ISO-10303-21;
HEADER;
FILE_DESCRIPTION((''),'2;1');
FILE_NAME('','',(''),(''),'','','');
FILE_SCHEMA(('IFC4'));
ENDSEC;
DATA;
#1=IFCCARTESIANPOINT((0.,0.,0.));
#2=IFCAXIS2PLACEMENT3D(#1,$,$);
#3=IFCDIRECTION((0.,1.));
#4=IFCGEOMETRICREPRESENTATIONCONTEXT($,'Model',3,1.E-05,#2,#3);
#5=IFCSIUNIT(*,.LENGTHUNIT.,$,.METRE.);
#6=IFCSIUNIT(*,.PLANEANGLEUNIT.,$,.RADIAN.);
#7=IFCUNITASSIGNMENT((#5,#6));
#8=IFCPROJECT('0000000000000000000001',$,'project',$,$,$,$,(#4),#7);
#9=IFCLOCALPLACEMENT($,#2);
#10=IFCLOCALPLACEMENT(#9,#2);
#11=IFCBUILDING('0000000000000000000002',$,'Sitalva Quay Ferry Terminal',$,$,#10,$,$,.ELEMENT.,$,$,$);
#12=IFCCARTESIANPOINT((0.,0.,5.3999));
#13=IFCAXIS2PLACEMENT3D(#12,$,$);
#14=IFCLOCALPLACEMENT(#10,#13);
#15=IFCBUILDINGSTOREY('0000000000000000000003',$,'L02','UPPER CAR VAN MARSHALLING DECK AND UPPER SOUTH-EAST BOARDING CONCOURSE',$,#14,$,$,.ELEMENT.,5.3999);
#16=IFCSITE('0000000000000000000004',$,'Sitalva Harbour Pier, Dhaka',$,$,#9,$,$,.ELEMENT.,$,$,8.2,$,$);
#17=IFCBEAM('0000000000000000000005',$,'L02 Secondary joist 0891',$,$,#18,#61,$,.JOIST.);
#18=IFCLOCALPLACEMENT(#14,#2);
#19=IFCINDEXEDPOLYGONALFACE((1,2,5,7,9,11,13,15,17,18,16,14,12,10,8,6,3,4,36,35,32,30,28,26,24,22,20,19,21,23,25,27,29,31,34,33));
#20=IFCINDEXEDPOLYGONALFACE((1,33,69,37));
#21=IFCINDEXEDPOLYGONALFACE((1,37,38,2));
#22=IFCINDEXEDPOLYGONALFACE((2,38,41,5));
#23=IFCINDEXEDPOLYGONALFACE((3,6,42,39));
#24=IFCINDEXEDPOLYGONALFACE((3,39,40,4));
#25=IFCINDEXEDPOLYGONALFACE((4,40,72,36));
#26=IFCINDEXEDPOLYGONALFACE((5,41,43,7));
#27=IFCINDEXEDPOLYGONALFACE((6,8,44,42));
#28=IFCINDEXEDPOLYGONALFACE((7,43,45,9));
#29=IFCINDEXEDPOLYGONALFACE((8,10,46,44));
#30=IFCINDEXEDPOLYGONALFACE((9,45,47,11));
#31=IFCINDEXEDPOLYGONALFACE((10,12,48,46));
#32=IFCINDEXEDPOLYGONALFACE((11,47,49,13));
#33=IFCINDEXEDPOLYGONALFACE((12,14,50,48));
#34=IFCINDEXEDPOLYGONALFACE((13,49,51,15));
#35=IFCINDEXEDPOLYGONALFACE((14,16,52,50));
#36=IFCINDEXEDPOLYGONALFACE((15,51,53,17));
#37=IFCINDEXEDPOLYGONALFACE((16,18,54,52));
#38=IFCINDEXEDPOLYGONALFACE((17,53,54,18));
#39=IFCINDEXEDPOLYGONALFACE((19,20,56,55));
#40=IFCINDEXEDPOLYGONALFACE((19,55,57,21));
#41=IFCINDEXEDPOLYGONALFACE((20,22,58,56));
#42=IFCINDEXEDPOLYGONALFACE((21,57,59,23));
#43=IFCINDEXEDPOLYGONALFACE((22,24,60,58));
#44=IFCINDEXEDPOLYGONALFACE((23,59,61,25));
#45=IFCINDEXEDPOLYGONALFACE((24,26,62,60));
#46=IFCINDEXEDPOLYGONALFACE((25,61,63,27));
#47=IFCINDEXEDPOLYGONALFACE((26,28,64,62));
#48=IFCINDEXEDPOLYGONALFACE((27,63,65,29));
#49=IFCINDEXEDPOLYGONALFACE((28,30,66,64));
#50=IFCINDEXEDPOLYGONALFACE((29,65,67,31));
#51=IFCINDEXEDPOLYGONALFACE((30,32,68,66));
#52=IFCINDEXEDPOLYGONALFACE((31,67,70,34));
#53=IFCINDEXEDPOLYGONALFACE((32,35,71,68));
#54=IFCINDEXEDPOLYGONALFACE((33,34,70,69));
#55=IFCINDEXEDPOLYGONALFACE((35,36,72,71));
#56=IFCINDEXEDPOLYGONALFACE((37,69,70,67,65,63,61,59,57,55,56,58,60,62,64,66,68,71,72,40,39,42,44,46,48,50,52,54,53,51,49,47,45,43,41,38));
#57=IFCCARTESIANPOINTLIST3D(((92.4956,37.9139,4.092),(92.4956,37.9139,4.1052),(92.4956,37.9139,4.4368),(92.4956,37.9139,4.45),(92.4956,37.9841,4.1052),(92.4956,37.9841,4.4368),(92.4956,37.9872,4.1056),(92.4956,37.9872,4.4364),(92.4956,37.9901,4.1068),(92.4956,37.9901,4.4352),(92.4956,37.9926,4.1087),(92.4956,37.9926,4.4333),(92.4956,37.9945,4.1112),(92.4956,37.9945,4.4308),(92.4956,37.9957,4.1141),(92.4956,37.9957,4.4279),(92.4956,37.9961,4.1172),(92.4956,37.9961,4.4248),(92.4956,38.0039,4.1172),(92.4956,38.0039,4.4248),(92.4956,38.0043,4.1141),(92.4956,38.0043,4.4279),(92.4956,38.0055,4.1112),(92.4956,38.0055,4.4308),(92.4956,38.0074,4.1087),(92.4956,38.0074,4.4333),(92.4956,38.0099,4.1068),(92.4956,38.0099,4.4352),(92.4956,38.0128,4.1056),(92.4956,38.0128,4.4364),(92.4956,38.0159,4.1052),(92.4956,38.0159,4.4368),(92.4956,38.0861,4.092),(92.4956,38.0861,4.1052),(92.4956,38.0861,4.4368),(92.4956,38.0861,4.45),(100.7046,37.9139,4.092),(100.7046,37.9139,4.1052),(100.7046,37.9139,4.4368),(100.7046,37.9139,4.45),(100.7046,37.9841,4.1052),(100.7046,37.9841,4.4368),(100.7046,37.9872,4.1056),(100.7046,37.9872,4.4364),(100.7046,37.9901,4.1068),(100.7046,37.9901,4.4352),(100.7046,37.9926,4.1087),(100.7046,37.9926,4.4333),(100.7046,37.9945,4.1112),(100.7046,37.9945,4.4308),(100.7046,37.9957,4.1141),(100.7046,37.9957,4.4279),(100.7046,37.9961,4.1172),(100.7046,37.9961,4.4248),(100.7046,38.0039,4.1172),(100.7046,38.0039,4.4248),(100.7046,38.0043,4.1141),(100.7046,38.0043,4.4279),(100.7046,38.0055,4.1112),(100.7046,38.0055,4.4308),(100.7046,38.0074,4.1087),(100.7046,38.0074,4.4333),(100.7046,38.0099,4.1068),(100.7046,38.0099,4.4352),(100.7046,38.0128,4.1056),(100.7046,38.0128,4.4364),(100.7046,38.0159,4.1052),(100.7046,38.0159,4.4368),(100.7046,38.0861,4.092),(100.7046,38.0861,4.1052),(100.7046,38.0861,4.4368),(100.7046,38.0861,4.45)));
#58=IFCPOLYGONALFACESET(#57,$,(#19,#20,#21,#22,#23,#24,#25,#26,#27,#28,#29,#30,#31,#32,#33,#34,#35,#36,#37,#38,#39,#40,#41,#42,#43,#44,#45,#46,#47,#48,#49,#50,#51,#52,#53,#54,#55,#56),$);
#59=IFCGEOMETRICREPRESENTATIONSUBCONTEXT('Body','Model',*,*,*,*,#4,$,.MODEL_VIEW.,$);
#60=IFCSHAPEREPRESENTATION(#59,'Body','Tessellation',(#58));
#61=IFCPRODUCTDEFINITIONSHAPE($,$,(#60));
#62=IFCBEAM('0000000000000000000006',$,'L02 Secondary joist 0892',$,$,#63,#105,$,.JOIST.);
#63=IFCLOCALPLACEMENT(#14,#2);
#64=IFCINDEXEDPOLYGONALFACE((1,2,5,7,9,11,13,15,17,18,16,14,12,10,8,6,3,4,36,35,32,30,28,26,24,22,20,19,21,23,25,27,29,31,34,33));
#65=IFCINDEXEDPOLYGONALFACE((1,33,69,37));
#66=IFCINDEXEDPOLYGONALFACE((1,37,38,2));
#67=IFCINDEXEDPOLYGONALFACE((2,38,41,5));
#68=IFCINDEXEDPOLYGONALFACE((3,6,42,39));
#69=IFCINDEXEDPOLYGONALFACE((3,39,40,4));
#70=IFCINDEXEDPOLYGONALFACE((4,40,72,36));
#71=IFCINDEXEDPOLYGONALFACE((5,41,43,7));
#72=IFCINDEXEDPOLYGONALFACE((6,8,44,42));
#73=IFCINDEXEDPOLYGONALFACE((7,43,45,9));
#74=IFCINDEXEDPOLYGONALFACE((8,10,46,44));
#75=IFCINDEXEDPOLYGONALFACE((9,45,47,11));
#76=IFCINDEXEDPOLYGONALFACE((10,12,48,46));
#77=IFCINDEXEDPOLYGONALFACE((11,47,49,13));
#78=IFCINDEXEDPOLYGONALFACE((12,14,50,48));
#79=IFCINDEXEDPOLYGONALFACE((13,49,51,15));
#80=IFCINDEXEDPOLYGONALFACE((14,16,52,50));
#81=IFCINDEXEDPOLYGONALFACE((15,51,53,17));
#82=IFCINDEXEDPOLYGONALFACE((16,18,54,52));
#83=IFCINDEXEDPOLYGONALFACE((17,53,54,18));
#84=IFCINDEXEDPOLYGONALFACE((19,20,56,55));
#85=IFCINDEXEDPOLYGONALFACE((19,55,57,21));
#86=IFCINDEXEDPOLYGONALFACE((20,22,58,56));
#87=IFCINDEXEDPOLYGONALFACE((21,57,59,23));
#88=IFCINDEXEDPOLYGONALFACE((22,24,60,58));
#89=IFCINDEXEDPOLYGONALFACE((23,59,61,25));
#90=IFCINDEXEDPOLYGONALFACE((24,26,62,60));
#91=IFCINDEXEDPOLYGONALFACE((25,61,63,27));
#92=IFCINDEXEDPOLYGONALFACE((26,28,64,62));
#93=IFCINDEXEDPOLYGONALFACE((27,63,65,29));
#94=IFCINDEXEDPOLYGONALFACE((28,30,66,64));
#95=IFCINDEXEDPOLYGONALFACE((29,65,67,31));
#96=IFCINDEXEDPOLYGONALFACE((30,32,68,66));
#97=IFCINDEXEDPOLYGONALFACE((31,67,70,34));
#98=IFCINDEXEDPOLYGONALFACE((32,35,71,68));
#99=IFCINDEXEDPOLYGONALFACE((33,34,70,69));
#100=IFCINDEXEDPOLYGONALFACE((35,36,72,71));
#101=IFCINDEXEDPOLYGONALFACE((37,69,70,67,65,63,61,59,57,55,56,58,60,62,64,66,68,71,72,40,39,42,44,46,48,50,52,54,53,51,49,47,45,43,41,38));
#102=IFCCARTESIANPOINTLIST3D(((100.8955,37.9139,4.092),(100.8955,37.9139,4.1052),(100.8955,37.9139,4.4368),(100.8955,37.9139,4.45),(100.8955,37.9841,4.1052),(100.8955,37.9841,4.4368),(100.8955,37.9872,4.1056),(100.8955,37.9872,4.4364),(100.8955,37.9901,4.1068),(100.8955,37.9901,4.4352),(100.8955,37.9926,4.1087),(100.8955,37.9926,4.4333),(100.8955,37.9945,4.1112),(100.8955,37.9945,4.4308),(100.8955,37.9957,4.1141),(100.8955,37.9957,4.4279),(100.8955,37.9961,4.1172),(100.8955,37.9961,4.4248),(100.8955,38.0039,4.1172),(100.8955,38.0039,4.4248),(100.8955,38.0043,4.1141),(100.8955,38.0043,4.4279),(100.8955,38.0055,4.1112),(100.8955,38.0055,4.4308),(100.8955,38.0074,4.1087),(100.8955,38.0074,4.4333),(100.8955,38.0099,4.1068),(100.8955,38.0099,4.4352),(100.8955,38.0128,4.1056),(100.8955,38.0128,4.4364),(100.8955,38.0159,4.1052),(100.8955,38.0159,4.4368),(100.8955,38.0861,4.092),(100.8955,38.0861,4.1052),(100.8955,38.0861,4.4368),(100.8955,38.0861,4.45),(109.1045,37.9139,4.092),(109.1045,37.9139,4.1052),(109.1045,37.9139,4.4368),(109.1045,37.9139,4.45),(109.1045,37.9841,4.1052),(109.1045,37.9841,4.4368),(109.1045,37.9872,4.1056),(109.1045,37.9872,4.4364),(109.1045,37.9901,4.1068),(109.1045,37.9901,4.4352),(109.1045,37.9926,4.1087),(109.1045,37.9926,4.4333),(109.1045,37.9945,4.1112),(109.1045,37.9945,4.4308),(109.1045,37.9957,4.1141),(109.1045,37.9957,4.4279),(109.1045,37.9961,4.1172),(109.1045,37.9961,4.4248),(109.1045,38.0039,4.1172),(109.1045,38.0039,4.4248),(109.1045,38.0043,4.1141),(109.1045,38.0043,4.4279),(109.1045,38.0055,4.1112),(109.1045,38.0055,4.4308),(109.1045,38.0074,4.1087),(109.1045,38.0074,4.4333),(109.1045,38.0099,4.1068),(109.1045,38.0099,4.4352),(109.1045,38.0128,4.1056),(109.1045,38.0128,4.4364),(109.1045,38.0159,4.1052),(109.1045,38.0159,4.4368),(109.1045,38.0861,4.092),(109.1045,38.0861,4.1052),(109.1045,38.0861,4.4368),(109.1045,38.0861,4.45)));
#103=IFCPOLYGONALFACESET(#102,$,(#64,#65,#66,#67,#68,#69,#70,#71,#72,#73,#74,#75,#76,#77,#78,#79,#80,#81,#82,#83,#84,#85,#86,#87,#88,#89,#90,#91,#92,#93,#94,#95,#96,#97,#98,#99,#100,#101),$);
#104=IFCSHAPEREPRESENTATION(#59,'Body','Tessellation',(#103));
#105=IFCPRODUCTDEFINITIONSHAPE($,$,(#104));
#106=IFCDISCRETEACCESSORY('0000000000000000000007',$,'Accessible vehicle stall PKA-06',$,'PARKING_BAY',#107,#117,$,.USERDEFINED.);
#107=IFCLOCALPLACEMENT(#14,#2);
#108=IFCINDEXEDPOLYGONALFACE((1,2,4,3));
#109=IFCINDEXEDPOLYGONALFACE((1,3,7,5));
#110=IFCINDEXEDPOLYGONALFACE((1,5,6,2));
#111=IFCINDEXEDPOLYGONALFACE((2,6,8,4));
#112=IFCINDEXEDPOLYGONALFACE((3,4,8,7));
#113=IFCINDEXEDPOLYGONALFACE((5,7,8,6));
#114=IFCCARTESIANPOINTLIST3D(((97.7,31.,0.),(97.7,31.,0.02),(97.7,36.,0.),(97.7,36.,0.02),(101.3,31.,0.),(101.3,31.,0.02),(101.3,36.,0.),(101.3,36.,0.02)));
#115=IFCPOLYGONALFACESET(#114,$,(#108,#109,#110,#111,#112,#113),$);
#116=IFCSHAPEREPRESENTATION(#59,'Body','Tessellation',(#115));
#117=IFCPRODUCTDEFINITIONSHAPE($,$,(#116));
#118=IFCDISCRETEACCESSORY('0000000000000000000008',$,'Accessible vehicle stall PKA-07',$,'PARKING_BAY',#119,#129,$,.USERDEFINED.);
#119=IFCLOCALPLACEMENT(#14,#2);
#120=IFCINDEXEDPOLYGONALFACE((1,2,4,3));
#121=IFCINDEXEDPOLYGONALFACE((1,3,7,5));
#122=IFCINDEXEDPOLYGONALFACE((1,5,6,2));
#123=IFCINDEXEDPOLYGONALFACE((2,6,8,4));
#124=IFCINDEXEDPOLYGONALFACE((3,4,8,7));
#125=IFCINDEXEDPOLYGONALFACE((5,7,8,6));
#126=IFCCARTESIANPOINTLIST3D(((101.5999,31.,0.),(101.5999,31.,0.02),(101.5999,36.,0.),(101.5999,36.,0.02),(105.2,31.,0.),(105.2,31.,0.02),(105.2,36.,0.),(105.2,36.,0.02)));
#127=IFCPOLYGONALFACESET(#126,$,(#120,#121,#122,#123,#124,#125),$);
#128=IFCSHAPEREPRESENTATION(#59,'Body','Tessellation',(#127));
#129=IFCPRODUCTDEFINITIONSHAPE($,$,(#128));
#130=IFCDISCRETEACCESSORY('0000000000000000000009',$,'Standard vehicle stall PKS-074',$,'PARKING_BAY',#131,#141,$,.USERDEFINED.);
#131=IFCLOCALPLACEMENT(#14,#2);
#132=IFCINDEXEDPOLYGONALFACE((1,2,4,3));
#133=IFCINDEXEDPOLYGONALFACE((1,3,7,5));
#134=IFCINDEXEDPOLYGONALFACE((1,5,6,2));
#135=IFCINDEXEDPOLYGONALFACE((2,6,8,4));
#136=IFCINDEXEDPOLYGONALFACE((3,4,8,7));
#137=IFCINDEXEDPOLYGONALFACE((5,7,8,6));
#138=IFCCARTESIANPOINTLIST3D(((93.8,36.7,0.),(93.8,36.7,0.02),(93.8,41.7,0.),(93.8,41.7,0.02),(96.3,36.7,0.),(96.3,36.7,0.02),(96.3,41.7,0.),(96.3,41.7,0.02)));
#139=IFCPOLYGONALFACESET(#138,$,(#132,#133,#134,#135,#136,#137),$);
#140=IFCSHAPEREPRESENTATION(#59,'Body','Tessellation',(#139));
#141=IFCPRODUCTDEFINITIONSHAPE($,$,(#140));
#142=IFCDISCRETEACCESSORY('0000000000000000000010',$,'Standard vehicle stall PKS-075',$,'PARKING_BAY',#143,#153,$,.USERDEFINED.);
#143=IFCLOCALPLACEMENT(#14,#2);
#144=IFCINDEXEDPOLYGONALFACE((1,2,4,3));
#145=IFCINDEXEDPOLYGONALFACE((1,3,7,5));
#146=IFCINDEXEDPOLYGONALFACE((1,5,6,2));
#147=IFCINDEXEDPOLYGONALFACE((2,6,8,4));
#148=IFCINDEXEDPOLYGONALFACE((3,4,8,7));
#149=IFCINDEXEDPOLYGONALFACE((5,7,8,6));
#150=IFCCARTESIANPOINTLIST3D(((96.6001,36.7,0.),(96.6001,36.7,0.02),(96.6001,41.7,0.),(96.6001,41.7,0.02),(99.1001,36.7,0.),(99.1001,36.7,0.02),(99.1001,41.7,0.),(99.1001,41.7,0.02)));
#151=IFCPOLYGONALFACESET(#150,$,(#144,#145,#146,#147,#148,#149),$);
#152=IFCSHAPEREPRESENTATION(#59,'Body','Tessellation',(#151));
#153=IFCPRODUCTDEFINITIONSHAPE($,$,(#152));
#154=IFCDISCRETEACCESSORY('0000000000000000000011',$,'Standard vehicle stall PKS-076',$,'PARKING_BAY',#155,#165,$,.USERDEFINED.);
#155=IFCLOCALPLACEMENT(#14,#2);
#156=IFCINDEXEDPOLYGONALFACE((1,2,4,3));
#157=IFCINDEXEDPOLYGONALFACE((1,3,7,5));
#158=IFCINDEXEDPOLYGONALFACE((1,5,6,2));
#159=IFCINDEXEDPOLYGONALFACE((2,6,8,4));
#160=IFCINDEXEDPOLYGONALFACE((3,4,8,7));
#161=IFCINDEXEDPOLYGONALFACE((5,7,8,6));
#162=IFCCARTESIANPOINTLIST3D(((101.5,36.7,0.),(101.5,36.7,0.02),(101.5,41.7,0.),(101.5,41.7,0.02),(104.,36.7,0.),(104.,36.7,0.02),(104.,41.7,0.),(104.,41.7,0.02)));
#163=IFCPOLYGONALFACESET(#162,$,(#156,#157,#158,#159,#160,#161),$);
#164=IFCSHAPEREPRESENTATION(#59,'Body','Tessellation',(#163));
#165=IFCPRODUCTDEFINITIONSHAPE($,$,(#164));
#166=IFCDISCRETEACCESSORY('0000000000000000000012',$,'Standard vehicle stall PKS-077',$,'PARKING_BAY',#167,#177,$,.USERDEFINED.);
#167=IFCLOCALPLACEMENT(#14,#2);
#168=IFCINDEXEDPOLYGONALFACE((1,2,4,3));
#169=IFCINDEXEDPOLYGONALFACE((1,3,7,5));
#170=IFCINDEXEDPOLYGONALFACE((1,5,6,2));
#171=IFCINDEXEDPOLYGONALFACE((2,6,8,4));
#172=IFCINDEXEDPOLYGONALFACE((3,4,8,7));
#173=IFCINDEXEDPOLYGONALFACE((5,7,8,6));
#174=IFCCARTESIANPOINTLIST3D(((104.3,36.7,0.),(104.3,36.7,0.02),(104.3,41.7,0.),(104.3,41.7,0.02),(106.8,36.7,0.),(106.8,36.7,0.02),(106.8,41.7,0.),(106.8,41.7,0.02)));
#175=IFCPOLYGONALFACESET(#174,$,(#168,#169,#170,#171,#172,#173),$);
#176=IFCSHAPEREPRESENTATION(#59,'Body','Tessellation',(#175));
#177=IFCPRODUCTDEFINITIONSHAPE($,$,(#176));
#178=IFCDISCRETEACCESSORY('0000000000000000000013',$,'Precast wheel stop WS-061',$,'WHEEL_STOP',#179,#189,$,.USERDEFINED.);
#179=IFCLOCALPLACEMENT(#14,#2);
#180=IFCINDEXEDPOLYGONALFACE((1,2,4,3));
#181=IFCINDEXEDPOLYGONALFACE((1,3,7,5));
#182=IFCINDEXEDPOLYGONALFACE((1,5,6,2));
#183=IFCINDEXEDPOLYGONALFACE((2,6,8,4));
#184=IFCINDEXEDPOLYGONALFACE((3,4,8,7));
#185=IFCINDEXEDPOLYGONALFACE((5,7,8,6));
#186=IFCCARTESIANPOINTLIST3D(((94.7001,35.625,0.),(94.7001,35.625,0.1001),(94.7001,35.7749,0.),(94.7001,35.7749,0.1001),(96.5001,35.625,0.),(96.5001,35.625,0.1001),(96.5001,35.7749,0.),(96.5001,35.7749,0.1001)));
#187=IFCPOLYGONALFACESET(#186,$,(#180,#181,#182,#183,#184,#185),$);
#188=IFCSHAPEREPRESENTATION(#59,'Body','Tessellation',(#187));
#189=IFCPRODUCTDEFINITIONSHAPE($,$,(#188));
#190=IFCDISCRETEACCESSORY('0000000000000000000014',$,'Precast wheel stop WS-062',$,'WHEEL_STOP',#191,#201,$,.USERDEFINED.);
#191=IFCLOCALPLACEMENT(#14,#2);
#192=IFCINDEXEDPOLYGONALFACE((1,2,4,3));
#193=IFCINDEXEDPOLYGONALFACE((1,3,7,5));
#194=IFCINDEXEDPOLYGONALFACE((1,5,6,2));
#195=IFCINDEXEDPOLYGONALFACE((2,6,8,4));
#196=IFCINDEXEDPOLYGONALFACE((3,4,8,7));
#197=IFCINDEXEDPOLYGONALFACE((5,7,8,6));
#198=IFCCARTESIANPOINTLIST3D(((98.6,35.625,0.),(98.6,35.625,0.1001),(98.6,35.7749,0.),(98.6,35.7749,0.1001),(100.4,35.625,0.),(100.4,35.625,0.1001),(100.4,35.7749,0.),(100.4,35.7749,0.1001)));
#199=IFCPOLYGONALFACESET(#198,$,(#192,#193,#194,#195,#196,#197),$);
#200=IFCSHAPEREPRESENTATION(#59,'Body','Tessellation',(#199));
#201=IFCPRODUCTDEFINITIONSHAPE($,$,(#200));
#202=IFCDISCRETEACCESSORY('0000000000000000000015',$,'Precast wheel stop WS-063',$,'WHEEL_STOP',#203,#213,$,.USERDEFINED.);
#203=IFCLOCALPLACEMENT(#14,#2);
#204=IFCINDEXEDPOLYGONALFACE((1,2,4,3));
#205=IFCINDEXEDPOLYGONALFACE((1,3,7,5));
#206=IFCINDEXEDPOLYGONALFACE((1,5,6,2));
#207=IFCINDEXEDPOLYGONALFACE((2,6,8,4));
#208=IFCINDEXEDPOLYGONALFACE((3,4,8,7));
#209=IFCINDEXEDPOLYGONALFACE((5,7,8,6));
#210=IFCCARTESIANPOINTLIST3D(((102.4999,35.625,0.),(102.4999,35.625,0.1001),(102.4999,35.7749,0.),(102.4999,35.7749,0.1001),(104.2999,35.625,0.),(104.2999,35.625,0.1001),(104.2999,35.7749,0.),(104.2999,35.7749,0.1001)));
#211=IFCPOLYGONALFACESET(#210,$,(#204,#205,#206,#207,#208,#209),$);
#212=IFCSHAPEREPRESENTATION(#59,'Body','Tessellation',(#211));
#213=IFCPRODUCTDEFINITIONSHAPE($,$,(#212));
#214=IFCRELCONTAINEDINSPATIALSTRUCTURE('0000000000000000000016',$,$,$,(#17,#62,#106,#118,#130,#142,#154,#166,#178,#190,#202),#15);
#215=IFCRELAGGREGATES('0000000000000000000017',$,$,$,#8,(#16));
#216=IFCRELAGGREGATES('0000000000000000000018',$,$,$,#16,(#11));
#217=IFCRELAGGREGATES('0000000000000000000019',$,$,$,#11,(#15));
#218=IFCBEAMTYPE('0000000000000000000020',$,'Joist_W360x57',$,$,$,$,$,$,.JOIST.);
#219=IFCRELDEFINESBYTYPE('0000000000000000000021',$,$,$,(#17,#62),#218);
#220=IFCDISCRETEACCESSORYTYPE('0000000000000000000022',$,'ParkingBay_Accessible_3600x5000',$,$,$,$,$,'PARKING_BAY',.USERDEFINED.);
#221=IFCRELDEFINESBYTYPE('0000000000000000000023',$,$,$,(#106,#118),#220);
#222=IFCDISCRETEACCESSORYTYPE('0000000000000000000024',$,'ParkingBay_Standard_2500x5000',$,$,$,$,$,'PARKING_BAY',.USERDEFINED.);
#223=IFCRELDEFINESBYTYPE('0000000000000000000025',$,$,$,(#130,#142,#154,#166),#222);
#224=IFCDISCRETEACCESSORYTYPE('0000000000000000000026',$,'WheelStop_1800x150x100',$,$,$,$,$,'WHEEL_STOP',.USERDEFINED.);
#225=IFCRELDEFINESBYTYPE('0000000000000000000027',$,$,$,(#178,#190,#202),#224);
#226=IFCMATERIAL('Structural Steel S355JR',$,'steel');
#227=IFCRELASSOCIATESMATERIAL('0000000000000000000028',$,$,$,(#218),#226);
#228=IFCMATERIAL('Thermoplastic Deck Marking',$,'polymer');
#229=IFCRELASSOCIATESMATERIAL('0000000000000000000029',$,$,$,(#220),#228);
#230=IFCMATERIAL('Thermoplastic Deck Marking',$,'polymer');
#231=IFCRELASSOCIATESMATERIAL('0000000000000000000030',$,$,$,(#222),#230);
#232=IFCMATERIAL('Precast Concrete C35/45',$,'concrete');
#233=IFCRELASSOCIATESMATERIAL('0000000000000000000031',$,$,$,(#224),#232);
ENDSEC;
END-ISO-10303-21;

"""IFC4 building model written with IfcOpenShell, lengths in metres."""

from ifc_helpers import new_model, si_unit, direction, frame, origin, origin_2d, place, context, subcontext, project, spatial, rectangle, i_section, extrude, material, material_profile, profile_set, type_object, element, save


model = new_model("IFC4")

# Units and contexts
model_context = context("Model", 3, precision=1e-05, world=origin(), true_north=direction((0.0, 1.0)))
body_context = subcontext(model_context, "Body", "Model", "MODEL_VIEW")
ifc_project = project(units=[si_unit("LENGTHUNIT", "METRE"), si_unit("PLANEANGLEUNIT", "RADIAN")], contexts=[model_context])

# Site, building, storey
site_placement = place(None, origin())
site = spatial("IfcSite", under=ifc_project, at=site_placement, Name="Sitalva Harbour Pier, Dhaka", CompositionType="ELEMENT", RefElevation=8.2)
building_placement = place(site_placement, origin())
building = spatial("IfcBuilding", under=site, at=building_placement, Name="Sitalva Quay Ferry Terminal", CompositionType="ELEMENT")
storey_placement = place(building_placement, frame((0.0, 0.0, 5.3999)))
storey = spatial("IfcBuildingStorey", under=building, at=storey_placement, Name="L02", Description="UPPER CAR VAN MARSHALLING DECK AND UPPER SOUTH-EAST BOARDING CONCOURSE", CompositionType="ELEMENT", Elevation=5.3999)

# Beams
ifc_material_1 = material(Name="Structural Steel S355JR", Category="steel")
ifc_material_profile_1 = material_profile(ifc_material_1, i_section(OverallWidth=0.1721, OverallDepth=0.3579, WebThickness=0.0078, FlangeThickness=0.0132, FilletRadius=0.012, at=origin_2d()), Name="W360x57")
ifc_profile_set_1 = profile_set([ifc_material_profile_1], Name="Structural Steel S355JR")
beam_type_1 = type_object("IfcBeamType", Name="Joist_W360x57", PredefinedType="JOIST", material=ifc_profile_set_1)
for number, where, z_axis, x_axis, name in (
    (1, (92.4956, 38.0, 4.271), (1.0, 0.0, 0.0), (0.0, 1.0, 0.0), "L02 Secondary joist 0891"),
    (2, (100.8955, 38.0, 4.271), (1.0, 0.0, 0.0), (0.0, 1.0, 0.0), "L02 Secondary joist 0892"),
):
    element("IfcBeam", number, at=place(storey_placement, frame(where, z_axis=z_axis, x_axis=x_axis)), inside=storey, type_object=beam_type_1, Name=name, PredefinedType="JOIST", context=body_context, shape_type="SweptSolid", body=[
        extrude(i_section(OverallWidth=0.1721, OverallDepth=0.3579, WebThickness=0.0078, FlangeThickness=0.0132, FilletRadius=0.012, at=origin_2d()), origin(), (0.0, 0.0, 1.0), 8.209),
    ])

# Discrete accessories
ifc_material_2 = material(Name="Thermoplastic Deck Marking", Category="polymer")
discrete_accessory_type_1 = type_object("IfcDiscreteAccessoryType", Name="ParkingBay_Accessible_3600x5000", ElementType="PARKING_BAY", PredefinedType="USERDEFINED", material=ifc_material_2)
for number, where, z_axis, x_axis, name in (
    (3, (99.5, 33.5, 0.0), (0.0, 0.0, 1.0), (1.0, 0.0, 0.0), "Accessible vehicle stall PKA-06"),
    (4, (103.3999, 33.5, 0.0), (0.0, 0.0, 1.0), (1.0, 0.0, 0.0), "Accessible vehicle stall PKA-07"),
):
    element("IfcDiscreteAccessory", number, at=place(storey_placement, frame(where, z_axis=z_axis, x_axis=x_axis)), inside=storey, type_object=discrete_accessory_type_1, Name=name, ObjectType="PARKING_BAY", PredefinedType="USERDEFINED", context=body_context, shape_type="SweptSolid", body=[
        extrude(rectangle(XDim=3.6001, YDim=5.0, at=origin_2d()), origin(), (0.0, 0.0, 1.0), 0.02),
    ])
ifc_material_3 = material(Name="Thermoplastic Deck Marking", Category="polymer")
discrete_accessory_type_2 = type_object("IfcDiscreteAccessoryType", Name="ParkingBay_Standard_2500x5000", ElementType="PARKING_BAY", PredefinedType="USERDEFINED", material=ifc_material_3)
for number, where, z_axis, x_axis, name in (
    (5, (95.05, 39.2, 0.0), (0.0, 0.0, 1.0), (1.0, 0.0, 0.0), "Standard vehicle stall PKS-074"),
    (6, (97.8501, 39.2, 0.0), (0.0, 0.0, 1.0), (1.0, 0.0, 0.0), "Standard vehicle stall PKS-075"),
    (7, (102.75, 39.2, 0.0), (0.0, 0.0, 1.0), (1.0, 0.0, 0.0), "Standard vehicle stall PKS-076"),
    (8, (105.55, 39.2, 0.0), (0.0, 0.0, 1.0), (1.0, 0.0, 0.0), "Standard vehicle stall PKS-077"),
):
    element("IfcDiscreteAccessory", number, at=place(storey_placement, frame(where, z_axis=z_axis, x_axis=x_axis)), inside=storey, type_object=discrete_accessory_type_2, Name=name, ObjectType="PARKING_BAY", PredefinedType="USERDEFINED", context=body_context, shape_type="SweptSolid", body=[
        extrude(rectangle(XDim=2.5, YDim=5.0, at=origin_2d()), origin(), (0.0, 0.0, 1.0), 0.02),
    ])
ifc_material_4 = material(Name="Precast Concrete C35/45", Category="concrete")
discrete_accessory_type_3 = type_object("IfcDiscreteAccessoryType", Name="WheelStop_1800x150x100", ElementType="WHEEL_STOP", PredefinedType="USERDEFINED", material=ifc_material_4)
for number, where, z_axis, x_axis, name in (
    (9, (95.6001, 35.7, 0.0), (0.0, 0.0, 1.0), (1.0, 0.0, 0.0), "Precast wheel stop WS-061"),
    (10, (99.5, 35.7, 0.0), (0.0, 0.0, 1.0), (1.0, 0.0, 0.0), "Precast wheel stop WS-062"),
    (11, (103.3999, 35.7, 0.0), (0.0, 0.0, 1.0), (1.0, 0.0, 0.0), "Precast wheel stop WS-063"),
):
    element("IfcDiscreteAccessory", number, at=place(storey_placement, frame(where, z_axis=z_axis, x_axis=x_axis)), inside=storey, type_object=discrete_accessory_type_3, Name=name, ObjectType="WHEEL_STOP", PredefinedType="USERDEFINED", context=body_context, shape_type="SweptSolid", body=[
        extrude(rectangle(XDim=1.8, YDim=0.1499, at=origin_2d()), origin(), (0.0, 0.0, 1.0), 0.1001),
    ])

save(model, "model.ifc")
